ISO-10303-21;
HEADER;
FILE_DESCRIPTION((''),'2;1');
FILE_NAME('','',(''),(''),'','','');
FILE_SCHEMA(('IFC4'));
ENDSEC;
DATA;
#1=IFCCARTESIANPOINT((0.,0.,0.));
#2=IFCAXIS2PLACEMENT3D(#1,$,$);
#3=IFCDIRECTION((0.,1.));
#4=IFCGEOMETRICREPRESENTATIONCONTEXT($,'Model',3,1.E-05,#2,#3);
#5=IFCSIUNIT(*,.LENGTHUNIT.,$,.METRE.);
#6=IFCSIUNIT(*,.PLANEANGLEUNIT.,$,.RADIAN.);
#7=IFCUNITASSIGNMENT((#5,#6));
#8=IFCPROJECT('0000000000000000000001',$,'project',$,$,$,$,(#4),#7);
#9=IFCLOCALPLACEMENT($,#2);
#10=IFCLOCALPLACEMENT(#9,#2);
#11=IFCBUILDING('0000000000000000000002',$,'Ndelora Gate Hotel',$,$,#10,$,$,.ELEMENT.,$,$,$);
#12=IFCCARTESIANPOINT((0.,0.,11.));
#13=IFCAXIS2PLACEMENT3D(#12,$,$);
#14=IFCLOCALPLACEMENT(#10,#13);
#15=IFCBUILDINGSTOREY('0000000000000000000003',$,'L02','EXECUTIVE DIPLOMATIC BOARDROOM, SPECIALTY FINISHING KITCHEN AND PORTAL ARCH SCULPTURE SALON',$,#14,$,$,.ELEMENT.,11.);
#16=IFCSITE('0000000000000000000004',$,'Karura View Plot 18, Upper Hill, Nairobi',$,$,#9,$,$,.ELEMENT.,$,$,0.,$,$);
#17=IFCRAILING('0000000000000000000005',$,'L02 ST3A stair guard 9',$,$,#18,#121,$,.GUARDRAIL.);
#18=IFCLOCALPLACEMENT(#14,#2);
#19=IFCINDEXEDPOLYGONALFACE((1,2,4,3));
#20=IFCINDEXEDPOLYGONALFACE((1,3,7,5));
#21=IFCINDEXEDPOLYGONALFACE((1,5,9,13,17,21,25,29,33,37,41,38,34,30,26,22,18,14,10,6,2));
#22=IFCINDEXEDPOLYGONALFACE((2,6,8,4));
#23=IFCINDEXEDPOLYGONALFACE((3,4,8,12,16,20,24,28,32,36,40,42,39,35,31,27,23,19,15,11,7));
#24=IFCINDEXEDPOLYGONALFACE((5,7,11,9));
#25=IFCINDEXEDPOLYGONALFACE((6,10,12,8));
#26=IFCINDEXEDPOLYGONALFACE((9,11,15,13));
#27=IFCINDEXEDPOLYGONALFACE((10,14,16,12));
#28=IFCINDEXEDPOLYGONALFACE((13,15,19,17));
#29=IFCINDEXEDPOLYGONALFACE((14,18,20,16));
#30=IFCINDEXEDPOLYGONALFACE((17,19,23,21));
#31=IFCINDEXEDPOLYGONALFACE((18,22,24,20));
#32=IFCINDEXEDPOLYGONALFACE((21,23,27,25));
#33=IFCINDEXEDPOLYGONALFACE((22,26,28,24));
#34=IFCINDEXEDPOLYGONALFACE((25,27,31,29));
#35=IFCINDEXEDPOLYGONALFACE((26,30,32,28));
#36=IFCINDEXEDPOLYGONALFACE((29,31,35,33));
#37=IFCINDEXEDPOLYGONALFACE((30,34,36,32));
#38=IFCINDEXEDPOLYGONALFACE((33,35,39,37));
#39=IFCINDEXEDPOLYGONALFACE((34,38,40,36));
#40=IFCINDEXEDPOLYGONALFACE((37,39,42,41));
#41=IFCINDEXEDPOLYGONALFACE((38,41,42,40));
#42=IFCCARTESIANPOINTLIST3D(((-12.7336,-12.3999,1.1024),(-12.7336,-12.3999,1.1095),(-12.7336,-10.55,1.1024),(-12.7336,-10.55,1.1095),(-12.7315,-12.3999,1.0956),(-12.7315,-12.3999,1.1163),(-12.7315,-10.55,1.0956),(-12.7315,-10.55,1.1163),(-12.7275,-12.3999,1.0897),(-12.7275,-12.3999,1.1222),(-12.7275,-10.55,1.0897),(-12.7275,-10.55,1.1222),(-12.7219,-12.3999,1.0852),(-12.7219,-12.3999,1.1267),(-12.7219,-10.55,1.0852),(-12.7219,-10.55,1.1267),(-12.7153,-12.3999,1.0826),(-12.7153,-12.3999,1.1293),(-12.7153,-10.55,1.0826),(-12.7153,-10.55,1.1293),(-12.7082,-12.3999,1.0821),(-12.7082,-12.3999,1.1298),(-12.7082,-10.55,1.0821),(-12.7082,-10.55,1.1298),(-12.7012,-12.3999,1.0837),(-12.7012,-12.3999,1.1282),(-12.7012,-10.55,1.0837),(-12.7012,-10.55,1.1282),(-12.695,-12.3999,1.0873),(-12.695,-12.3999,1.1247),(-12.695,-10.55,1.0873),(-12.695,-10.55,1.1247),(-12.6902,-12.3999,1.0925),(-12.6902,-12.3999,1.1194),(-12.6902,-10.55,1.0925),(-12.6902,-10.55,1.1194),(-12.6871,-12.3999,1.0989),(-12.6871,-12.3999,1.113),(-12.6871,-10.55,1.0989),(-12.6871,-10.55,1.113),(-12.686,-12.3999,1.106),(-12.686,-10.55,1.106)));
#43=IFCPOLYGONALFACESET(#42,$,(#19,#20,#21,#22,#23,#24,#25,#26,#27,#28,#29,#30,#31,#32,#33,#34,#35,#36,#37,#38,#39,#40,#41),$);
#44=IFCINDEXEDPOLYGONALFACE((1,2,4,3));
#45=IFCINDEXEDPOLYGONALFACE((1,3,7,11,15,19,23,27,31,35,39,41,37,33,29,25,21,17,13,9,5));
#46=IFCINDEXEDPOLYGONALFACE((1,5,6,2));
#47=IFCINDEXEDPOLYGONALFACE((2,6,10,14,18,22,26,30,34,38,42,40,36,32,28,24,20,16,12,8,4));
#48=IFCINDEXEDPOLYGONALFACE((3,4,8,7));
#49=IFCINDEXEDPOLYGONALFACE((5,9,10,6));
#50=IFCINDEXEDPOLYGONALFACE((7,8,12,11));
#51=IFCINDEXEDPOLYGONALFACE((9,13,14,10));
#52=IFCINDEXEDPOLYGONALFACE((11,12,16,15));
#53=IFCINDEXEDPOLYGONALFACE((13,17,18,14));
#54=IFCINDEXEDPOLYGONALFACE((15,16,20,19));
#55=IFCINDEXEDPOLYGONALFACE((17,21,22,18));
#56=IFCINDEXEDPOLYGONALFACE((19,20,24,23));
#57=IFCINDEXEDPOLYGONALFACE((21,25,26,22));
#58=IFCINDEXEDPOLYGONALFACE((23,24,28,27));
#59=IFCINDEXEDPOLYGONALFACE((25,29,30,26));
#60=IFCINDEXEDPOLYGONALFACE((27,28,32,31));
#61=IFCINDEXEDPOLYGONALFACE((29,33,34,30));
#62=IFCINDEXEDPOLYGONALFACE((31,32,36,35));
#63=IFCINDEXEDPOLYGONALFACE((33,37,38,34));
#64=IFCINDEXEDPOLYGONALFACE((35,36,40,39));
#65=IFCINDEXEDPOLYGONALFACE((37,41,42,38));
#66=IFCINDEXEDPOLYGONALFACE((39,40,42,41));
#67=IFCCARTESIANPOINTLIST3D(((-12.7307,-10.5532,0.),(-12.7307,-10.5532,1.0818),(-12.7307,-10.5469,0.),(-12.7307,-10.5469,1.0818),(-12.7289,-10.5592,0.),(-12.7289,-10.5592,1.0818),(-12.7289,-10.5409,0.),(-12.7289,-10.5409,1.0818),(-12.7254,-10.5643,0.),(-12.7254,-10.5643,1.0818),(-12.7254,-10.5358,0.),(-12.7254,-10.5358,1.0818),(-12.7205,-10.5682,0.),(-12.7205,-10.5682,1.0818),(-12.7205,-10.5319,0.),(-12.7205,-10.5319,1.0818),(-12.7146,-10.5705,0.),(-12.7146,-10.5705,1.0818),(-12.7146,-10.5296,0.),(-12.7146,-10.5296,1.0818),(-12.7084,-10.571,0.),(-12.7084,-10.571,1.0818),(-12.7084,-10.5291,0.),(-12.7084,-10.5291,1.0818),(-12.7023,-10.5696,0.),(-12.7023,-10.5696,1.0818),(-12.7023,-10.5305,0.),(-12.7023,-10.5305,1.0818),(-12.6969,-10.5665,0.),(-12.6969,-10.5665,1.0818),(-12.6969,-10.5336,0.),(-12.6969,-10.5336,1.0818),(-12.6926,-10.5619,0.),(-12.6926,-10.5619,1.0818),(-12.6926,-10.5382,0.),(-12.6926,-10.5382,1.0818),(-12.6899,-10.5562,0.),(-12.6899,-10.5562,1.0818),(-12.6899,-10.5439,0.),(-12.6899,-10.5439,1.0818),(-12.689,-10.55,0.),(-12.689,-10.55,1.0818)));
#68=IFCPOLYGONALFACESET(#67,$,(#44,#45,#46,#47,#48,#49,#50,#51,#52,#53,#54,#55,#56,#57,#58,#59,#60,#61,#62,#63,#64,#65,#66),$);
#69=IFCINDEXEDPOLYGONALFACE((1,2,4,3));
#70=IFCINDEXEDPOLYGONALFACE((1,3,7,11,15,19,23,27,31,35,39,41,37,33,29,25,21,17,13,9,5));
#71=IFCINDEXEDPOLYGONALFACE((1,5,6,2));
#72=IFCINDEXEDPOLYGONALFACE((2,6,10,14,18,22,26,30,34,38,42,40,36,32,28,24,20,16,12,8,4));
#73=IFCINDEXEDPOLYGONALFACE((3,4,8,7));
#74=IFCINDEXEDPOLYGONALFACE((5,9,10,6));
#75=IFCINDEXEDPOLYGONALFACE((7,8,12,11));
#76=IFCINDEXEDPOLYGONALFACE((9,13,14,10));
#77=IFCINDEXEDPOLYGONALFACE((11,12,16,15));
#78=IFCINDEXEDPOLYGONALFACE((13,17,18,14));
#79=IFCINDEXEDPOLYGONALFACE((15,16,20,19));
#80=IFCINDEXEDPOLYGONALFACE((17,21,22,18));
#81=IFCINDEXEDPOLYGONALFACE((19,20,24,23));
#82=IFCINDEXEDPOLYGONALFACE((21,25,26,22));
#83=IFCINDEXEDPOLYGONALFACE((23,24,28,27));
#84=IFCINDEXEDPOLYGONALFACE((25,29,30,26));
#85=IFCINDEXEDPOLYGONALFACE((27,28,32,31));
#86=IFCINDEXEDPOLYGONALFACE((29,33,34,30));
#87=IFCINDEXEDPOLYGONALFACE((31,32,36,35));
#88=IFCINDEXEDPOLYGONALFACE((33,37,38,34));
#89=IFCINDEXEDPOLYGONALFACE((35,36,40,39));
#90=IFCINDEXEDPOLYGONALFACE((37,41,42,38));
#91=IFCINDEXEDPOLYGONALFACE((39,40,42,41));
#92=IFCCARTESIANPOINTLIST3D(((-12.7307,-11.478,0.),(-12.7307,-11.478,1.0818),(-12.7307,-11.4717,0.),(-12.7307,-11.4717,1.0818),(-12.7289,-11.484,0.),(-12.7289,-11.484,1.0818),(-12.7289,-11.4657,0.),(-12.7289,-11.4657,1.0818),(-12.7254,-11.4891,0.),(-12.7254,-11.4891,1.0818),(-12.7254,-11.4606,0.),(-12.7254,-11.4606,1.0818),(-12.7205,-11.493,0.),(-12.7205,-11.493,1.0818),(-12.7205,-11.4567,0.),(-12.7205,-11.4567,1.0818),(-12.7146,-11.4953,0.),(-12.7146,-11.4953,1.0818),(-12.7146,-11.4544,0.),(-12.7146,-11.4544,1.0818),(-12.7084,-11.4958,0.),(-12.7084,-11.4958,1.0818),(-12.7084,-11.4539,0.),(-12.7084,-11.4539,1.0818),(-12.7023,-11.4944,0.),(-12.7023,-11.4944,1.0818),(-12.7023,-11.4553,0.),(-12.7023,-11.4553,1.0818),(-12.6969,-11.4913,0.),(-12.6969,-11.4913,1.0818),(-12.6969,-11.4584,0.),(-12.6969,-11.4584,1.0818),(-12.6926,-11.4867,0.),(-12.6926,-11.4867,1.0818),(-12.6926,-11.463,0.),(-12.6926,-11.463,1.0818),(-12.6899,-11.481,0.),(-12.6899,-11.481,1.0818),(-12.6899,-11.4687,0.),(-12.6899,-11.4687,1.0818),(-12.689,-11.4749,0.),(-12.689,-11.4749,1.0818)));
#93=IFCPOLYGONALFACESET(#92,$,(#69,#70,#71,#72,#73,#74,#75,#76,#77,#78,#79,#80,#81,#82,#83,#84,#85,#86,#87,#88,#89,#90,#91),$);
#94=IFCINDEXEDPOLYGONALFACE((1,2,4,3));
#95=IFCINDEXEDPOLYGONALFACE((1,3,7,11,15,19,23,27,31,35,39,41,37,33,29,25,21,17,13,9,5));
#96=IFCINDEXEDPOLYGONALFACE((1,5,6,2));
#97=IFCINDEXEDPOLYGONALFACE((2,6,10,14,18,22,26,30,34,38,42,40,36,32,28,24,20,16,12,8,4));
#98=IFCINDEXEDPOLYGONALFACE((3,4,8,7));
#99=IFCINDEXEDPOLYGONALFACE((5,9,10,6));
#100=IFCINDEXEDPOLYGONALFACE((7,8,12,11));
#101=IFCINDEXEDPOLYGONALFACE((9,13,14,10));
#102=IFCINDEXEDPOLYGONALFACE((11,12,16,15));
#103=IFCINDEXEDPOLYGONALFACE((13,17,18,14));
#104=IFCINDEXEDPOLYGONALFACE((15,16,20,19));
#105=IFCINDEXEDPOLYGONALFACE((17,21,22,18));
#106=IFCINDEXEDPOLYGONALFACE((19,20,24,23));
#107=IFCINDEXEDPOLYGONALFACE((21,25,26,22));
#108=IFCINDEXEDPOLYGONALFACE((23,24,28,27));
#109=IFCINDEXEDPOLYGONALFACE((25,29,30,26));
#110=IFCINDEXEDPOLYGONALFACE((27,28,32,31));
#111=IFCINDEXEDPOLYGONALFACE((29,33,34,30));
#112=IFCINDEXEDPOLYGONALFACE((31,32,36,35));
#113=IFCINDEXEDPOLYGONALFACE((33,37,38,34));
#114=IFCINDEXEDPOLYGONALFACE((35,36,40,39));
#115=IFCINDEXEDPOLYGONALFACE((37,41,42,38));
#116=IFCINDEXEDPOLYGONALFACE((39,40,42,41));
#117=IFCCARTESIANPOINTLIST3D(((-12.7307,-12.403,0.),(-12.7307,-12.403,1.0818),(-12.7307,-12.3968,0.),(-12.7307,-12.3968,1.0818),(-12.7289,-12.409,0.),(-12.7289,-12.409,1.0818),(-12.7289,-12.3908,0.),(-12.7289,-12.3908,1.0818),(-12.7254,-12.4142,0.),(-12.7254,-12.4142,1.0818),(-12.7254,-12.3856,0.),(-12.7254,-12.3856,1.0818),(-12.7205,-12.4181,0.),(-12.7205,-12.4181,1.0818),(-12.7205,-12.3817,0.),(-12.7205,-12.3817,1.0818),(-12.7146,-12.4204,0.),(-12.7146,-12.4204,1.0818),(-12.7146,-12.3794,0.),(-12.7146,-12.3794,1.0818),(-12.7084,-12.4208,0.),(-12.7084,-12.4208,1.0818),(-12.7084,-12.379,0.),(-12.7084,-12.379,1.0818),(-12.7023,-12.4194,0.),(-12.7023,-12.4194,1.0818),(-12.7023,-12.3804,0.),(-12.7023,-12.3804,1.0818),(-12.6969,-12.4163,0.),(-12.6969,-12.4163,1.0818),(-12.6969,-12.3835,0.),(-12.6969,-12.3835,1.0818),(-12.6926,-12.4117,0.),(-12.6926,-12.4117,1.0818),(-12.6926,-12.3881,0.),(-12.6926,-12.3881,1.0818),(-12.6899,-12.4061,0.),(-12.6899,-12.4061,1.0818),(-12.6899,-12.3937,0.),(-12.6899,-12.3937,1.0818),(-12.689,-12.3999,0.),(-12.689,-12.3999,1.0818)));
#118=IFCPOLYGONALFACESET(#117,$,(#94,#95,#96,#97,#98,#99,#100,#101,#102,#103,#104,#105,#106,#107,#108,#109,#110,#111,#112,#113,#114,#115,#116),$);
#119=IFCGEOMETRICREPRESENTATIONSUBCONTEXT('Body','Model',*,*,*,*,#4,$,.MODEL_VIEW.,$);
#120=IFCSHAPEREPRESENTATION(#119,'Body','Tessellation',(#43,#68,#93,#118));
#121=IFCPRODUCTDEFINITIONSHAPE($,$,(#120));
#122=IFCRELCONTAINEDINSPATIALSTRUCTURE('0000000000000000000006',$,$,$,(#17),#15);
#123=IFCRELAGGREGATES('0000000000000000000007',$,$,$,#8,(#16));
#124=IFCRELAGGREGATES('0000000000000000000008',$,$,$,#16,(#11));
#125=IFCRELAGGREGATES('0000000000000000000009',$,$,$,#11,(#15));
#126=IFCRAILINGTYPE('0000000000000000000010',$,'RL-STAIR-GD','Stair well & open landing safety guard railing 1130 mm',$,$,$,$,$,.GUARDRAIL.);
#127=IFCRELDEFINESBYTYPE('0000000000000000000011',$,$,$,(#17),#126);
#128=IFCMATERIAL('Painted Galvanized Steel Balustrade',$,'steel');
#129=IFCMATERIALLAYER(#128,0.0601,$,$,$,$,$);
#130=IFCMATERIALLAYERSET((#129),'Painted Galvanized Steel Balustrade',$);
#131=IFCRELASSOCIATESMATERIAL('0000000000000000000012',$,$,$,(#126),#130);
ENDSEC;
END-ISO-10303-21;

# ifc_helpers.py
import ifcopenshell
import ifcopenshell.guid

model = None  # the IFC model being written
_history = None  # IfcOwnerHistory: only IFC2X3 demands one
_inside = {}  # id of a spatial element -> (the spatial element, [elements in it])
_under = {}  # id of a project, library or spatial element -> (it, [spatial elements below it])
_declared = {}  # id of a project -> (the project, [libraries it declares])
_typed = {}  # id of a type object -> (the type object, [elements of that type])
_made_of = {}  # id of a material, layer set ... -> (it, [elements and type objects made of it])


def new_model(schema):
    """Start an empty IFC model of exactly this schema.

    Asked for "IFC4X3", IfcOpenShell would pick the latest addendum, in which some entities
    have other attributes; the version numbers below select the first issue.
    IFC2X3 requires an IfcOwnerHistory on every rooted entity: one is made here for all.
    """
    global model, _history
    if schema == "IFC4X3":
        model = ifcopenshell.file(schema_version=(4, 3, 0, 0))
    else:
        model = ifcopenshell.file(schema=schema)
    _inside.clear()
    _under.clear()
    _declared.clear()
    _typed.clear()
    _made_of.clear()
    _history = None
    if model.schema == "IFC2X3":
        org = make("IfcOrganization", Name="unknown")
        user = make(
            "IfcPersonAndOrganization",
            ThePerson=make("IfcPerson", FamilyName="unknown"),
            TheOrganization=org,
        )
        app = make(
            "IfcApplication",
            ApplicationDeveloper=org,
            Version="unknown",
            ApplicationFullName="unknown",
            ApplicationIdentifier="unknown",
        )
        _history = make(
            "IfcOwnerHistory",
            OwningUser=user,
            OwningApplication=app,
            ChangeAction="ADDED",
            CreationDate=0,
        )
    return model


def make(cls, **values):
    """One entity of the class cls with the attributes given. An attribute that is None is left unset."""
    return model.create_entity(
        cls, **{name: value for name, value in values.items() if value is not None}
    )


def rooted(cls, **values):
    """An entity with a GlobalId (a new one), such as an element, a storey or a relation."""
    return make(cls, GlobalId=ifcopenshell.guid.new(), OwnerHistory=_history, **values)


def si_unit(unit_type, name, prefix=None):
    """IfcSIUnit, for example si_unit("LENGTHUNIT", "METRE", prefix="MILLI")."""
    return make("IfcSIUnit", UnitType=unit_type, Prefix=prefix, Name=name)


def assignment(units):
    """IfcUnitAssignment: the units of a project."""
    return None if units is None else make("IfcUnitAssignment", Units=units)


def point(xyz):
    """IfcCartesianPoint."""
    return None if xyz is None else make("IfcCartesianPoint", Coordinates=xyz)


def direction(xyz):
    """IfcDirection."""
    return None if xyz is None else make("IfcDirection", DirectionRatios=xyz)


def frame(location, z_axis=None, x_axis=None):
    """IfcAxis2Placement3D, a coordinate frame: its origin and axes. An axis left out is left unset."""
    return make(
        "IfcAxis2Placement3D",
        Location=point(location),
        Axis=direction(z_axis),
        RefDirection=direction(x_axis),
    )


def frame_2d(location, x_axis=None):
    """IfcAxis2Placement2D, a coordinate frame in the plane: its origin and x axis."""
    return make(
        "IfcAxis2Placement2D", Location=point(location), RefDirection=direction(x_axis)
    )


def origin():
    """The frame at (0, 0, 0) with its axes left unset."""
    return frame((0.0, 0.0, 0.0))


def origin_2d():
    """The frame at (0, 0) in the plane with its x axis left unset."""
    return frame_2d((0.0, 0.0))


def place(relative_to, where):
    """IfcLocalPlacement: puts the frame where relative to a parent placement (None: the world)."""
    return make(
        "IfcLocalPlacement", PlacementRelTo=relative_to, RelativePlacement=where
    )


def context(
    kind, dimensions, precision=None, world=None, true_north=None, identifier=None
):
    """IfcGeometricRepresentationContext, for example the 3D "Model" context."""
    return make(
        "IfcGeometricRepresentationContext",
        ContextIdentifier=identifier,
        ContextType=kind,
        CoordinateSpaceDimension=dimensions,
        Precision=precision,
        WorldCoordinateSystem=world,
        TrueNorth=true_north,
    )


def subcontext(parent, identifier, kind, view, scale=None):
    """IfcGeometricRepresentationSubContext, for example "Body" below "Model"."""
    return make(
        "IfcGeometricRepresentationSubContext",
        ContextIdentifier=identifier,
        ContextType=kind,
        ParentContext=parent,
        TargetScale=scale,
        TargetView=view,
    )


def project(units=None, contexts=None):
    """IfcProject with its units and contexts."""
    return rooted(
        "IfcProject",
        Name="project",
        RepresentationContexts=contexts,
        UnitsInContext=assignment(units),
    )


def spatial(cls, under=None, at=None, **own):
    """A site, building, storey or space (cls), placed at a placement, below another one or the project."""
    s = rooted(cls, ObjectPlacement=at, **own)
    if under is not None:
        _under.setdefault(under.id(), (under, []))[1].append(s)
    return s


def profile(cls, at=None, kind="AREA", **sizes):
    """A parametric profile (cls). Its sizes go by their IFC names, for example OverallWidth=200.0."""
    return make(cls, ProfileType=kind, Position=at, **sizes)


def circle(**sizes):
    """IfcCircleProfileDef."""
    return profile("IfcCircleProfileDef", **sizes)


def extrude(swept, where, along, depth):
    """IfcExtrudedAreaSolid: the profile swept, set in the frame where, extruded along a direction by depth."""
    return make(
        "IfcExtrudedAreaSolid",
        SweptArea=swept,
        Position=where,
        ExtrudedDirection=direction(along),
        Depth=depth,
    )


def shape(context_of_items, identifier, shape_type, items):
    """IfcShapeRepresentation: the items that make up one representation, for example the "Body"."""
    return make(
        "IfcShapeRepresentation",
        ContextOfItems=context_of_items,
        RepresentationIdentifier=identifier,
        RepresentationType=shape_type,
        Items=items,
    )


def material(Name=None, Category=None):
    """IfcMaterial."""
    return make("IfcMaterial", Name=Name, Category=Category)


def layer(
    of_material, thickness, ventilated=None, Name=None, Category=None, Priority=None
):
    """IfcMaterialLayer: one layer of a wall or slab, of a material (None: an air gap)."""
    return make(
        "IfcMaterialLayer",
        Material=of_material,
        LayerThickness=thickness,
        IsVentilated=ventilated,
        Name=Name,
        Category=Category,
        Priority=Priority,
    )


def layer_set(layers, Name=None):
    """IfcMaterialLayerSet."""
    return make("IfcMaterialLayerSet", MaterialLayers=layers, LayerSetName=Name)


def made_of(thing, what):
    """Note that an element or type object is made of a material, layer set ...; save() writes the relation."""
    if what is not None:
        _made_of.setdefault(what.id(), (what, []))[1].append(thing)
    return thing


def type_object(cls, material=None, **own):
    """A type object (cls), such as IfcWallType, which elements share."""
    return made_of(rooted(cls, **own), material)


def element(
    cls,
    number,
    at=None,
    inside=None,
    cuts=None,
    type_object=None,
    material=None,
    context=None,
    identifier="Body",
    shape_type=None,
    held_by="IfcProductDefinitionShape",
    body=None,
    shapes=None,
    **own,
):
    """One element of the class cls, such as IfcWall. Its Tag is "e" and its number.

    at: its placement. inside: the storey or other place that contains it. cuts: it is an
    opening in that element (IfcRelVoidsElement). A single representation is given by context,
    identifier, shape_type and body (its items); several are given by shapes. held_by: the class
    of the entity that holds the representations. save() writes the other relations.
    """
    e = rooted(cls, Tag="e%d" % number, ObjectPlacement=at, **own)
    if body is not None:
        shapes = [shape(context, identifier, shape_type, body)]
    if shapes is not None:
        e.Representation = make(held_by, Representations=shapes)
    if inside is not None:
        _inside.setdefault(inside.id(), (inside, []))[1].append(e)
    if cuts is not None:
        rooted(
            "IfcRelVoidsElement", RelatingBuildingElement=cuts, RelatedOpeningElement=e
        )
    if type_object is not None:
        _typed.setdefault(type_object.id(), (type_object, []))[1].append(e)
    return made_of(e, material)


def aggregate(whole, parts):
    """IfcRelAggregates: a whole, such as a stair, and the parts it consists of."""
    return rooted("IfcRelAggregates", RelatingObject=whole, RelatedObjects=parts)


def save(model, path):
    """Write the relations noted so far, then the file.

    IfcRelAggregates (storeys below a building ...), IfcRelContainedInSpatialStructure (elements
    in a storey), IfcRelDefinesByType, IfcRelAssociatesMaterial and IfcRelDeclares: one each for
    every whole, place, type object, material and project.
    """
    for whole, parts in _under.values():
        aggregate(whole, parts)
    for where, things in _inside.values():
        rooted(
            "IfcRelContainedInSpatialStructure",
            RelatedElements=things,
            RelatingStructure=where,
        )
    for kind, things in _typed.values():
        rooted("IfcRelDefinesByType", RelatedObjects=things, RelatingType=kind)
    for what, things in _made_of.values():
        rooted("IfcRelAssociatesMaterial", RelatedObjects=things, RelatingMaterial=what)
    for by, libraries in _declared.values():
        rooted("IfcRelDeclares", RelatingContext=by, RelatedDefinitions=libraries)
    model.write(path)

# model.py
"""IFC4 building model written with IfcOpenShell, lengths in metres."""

from ifc_helpers import new_model, si_unit, direction, frame, origin, origin_2d, place, context, subcontext, project, spatial, circle, extrude, material, layer, layer_set, type_object, element, save


model = new_model("IFC4")

# Units and contexts
model_context = context("Model", 3, precision=1e-05, world=origin(), true_north=direction((0.0, 1.0)))
body_context = subcontext(model_context, "Body", "Model", "MODEL_VIEW")
ifc_project = project(units=[si_unit("LENGTHUNIT", "METRE"), si_unit("PLANEANGLEUNIT", "RADIAN")], contexts=[model_context])

# Site, building, storey
site_placement = place(None, origin())
site = spatial("IfcSite", under=ifc_project, at=site_placement, Name="Karura View Plot 18, Upper Hill, Nairobi", CompositionType="ELEMENT", RefElevation=0.0)
building_placement = place(site_placement, origin())
building = spatial("IfcBuilding", under=site, at=building_placement, Name="Ndelora Gate Hotel", CompositionType="ELEMENT")
storey_placement = place(building_placement, frame((0.0, 0.0, 11.0)))
storey = spatial("IfcBuildingStorey", under=building, at=storey_placement, Name="L02", Description="EXECUTIVE DIPLOMATIC BOARDROOM, SPECIALTY FINISHING KITCHEN AND PORTAL ARCH SCULPTURE SALON", CompositionType="ELEMENT", Elevation=11.0)

# Railing
ifc_material_1 = material(Name="Painted Galvanized Steel Balustrade", Category="steel")
ifc_layer_1 = layer(ifc_material_1, 0.0601)
ifc_layer_set_1 = layer_set([ifc_layer_1], Name="Painted Galvanized Steel Balustrade")
railing_type_1 = type_object("IfcRailingType", Name="RL-STAIR-GD", Description="Stair well & open landing safety guard railing 1130 mm", PredefinedType="GUARDRAIL", material=ifc_layer_set_1)
for number, where, name in (
    (1, (-12.71, -10.55, 0.0), "L02 ST3A stair guard 9"),
):
    element("IfcRailing", number, at=place(storey_placement, frame(where)), inside=storey, type_object=railing_type_1, Name=name, PredefinedType="GUARDRAIL", context=body_context, shape_type="SweptSolid", body=[
        extrude(circle(Radius=0.0239, at=origin_2d()), frame((0.0, 0.0, 1.106), z_axis=(0.0, -1.0, 0.0), x_axis=(1.0, 0.0, 0.0)), (0.0, 0.0, 1.0), 1.8499),
        extrude(circle(Radius=0.021, at=origin_2d()), origin(), (0.0, 0.0, 1.0), 1.0818),
        extrude(circle(Radius=0.021, at=origin_2d()), frame((0.0, -0.9248, 0.0)), (0.0, 0.0, 1.0), 1.0818),
        extrude(circle(Radius=0.021, at=origin_2d()), frame((0.0, -1.8499, 0.0)), (0.0, 0.0, 1.0), 1.0818),
    ])

save(model, "model.ifc")
